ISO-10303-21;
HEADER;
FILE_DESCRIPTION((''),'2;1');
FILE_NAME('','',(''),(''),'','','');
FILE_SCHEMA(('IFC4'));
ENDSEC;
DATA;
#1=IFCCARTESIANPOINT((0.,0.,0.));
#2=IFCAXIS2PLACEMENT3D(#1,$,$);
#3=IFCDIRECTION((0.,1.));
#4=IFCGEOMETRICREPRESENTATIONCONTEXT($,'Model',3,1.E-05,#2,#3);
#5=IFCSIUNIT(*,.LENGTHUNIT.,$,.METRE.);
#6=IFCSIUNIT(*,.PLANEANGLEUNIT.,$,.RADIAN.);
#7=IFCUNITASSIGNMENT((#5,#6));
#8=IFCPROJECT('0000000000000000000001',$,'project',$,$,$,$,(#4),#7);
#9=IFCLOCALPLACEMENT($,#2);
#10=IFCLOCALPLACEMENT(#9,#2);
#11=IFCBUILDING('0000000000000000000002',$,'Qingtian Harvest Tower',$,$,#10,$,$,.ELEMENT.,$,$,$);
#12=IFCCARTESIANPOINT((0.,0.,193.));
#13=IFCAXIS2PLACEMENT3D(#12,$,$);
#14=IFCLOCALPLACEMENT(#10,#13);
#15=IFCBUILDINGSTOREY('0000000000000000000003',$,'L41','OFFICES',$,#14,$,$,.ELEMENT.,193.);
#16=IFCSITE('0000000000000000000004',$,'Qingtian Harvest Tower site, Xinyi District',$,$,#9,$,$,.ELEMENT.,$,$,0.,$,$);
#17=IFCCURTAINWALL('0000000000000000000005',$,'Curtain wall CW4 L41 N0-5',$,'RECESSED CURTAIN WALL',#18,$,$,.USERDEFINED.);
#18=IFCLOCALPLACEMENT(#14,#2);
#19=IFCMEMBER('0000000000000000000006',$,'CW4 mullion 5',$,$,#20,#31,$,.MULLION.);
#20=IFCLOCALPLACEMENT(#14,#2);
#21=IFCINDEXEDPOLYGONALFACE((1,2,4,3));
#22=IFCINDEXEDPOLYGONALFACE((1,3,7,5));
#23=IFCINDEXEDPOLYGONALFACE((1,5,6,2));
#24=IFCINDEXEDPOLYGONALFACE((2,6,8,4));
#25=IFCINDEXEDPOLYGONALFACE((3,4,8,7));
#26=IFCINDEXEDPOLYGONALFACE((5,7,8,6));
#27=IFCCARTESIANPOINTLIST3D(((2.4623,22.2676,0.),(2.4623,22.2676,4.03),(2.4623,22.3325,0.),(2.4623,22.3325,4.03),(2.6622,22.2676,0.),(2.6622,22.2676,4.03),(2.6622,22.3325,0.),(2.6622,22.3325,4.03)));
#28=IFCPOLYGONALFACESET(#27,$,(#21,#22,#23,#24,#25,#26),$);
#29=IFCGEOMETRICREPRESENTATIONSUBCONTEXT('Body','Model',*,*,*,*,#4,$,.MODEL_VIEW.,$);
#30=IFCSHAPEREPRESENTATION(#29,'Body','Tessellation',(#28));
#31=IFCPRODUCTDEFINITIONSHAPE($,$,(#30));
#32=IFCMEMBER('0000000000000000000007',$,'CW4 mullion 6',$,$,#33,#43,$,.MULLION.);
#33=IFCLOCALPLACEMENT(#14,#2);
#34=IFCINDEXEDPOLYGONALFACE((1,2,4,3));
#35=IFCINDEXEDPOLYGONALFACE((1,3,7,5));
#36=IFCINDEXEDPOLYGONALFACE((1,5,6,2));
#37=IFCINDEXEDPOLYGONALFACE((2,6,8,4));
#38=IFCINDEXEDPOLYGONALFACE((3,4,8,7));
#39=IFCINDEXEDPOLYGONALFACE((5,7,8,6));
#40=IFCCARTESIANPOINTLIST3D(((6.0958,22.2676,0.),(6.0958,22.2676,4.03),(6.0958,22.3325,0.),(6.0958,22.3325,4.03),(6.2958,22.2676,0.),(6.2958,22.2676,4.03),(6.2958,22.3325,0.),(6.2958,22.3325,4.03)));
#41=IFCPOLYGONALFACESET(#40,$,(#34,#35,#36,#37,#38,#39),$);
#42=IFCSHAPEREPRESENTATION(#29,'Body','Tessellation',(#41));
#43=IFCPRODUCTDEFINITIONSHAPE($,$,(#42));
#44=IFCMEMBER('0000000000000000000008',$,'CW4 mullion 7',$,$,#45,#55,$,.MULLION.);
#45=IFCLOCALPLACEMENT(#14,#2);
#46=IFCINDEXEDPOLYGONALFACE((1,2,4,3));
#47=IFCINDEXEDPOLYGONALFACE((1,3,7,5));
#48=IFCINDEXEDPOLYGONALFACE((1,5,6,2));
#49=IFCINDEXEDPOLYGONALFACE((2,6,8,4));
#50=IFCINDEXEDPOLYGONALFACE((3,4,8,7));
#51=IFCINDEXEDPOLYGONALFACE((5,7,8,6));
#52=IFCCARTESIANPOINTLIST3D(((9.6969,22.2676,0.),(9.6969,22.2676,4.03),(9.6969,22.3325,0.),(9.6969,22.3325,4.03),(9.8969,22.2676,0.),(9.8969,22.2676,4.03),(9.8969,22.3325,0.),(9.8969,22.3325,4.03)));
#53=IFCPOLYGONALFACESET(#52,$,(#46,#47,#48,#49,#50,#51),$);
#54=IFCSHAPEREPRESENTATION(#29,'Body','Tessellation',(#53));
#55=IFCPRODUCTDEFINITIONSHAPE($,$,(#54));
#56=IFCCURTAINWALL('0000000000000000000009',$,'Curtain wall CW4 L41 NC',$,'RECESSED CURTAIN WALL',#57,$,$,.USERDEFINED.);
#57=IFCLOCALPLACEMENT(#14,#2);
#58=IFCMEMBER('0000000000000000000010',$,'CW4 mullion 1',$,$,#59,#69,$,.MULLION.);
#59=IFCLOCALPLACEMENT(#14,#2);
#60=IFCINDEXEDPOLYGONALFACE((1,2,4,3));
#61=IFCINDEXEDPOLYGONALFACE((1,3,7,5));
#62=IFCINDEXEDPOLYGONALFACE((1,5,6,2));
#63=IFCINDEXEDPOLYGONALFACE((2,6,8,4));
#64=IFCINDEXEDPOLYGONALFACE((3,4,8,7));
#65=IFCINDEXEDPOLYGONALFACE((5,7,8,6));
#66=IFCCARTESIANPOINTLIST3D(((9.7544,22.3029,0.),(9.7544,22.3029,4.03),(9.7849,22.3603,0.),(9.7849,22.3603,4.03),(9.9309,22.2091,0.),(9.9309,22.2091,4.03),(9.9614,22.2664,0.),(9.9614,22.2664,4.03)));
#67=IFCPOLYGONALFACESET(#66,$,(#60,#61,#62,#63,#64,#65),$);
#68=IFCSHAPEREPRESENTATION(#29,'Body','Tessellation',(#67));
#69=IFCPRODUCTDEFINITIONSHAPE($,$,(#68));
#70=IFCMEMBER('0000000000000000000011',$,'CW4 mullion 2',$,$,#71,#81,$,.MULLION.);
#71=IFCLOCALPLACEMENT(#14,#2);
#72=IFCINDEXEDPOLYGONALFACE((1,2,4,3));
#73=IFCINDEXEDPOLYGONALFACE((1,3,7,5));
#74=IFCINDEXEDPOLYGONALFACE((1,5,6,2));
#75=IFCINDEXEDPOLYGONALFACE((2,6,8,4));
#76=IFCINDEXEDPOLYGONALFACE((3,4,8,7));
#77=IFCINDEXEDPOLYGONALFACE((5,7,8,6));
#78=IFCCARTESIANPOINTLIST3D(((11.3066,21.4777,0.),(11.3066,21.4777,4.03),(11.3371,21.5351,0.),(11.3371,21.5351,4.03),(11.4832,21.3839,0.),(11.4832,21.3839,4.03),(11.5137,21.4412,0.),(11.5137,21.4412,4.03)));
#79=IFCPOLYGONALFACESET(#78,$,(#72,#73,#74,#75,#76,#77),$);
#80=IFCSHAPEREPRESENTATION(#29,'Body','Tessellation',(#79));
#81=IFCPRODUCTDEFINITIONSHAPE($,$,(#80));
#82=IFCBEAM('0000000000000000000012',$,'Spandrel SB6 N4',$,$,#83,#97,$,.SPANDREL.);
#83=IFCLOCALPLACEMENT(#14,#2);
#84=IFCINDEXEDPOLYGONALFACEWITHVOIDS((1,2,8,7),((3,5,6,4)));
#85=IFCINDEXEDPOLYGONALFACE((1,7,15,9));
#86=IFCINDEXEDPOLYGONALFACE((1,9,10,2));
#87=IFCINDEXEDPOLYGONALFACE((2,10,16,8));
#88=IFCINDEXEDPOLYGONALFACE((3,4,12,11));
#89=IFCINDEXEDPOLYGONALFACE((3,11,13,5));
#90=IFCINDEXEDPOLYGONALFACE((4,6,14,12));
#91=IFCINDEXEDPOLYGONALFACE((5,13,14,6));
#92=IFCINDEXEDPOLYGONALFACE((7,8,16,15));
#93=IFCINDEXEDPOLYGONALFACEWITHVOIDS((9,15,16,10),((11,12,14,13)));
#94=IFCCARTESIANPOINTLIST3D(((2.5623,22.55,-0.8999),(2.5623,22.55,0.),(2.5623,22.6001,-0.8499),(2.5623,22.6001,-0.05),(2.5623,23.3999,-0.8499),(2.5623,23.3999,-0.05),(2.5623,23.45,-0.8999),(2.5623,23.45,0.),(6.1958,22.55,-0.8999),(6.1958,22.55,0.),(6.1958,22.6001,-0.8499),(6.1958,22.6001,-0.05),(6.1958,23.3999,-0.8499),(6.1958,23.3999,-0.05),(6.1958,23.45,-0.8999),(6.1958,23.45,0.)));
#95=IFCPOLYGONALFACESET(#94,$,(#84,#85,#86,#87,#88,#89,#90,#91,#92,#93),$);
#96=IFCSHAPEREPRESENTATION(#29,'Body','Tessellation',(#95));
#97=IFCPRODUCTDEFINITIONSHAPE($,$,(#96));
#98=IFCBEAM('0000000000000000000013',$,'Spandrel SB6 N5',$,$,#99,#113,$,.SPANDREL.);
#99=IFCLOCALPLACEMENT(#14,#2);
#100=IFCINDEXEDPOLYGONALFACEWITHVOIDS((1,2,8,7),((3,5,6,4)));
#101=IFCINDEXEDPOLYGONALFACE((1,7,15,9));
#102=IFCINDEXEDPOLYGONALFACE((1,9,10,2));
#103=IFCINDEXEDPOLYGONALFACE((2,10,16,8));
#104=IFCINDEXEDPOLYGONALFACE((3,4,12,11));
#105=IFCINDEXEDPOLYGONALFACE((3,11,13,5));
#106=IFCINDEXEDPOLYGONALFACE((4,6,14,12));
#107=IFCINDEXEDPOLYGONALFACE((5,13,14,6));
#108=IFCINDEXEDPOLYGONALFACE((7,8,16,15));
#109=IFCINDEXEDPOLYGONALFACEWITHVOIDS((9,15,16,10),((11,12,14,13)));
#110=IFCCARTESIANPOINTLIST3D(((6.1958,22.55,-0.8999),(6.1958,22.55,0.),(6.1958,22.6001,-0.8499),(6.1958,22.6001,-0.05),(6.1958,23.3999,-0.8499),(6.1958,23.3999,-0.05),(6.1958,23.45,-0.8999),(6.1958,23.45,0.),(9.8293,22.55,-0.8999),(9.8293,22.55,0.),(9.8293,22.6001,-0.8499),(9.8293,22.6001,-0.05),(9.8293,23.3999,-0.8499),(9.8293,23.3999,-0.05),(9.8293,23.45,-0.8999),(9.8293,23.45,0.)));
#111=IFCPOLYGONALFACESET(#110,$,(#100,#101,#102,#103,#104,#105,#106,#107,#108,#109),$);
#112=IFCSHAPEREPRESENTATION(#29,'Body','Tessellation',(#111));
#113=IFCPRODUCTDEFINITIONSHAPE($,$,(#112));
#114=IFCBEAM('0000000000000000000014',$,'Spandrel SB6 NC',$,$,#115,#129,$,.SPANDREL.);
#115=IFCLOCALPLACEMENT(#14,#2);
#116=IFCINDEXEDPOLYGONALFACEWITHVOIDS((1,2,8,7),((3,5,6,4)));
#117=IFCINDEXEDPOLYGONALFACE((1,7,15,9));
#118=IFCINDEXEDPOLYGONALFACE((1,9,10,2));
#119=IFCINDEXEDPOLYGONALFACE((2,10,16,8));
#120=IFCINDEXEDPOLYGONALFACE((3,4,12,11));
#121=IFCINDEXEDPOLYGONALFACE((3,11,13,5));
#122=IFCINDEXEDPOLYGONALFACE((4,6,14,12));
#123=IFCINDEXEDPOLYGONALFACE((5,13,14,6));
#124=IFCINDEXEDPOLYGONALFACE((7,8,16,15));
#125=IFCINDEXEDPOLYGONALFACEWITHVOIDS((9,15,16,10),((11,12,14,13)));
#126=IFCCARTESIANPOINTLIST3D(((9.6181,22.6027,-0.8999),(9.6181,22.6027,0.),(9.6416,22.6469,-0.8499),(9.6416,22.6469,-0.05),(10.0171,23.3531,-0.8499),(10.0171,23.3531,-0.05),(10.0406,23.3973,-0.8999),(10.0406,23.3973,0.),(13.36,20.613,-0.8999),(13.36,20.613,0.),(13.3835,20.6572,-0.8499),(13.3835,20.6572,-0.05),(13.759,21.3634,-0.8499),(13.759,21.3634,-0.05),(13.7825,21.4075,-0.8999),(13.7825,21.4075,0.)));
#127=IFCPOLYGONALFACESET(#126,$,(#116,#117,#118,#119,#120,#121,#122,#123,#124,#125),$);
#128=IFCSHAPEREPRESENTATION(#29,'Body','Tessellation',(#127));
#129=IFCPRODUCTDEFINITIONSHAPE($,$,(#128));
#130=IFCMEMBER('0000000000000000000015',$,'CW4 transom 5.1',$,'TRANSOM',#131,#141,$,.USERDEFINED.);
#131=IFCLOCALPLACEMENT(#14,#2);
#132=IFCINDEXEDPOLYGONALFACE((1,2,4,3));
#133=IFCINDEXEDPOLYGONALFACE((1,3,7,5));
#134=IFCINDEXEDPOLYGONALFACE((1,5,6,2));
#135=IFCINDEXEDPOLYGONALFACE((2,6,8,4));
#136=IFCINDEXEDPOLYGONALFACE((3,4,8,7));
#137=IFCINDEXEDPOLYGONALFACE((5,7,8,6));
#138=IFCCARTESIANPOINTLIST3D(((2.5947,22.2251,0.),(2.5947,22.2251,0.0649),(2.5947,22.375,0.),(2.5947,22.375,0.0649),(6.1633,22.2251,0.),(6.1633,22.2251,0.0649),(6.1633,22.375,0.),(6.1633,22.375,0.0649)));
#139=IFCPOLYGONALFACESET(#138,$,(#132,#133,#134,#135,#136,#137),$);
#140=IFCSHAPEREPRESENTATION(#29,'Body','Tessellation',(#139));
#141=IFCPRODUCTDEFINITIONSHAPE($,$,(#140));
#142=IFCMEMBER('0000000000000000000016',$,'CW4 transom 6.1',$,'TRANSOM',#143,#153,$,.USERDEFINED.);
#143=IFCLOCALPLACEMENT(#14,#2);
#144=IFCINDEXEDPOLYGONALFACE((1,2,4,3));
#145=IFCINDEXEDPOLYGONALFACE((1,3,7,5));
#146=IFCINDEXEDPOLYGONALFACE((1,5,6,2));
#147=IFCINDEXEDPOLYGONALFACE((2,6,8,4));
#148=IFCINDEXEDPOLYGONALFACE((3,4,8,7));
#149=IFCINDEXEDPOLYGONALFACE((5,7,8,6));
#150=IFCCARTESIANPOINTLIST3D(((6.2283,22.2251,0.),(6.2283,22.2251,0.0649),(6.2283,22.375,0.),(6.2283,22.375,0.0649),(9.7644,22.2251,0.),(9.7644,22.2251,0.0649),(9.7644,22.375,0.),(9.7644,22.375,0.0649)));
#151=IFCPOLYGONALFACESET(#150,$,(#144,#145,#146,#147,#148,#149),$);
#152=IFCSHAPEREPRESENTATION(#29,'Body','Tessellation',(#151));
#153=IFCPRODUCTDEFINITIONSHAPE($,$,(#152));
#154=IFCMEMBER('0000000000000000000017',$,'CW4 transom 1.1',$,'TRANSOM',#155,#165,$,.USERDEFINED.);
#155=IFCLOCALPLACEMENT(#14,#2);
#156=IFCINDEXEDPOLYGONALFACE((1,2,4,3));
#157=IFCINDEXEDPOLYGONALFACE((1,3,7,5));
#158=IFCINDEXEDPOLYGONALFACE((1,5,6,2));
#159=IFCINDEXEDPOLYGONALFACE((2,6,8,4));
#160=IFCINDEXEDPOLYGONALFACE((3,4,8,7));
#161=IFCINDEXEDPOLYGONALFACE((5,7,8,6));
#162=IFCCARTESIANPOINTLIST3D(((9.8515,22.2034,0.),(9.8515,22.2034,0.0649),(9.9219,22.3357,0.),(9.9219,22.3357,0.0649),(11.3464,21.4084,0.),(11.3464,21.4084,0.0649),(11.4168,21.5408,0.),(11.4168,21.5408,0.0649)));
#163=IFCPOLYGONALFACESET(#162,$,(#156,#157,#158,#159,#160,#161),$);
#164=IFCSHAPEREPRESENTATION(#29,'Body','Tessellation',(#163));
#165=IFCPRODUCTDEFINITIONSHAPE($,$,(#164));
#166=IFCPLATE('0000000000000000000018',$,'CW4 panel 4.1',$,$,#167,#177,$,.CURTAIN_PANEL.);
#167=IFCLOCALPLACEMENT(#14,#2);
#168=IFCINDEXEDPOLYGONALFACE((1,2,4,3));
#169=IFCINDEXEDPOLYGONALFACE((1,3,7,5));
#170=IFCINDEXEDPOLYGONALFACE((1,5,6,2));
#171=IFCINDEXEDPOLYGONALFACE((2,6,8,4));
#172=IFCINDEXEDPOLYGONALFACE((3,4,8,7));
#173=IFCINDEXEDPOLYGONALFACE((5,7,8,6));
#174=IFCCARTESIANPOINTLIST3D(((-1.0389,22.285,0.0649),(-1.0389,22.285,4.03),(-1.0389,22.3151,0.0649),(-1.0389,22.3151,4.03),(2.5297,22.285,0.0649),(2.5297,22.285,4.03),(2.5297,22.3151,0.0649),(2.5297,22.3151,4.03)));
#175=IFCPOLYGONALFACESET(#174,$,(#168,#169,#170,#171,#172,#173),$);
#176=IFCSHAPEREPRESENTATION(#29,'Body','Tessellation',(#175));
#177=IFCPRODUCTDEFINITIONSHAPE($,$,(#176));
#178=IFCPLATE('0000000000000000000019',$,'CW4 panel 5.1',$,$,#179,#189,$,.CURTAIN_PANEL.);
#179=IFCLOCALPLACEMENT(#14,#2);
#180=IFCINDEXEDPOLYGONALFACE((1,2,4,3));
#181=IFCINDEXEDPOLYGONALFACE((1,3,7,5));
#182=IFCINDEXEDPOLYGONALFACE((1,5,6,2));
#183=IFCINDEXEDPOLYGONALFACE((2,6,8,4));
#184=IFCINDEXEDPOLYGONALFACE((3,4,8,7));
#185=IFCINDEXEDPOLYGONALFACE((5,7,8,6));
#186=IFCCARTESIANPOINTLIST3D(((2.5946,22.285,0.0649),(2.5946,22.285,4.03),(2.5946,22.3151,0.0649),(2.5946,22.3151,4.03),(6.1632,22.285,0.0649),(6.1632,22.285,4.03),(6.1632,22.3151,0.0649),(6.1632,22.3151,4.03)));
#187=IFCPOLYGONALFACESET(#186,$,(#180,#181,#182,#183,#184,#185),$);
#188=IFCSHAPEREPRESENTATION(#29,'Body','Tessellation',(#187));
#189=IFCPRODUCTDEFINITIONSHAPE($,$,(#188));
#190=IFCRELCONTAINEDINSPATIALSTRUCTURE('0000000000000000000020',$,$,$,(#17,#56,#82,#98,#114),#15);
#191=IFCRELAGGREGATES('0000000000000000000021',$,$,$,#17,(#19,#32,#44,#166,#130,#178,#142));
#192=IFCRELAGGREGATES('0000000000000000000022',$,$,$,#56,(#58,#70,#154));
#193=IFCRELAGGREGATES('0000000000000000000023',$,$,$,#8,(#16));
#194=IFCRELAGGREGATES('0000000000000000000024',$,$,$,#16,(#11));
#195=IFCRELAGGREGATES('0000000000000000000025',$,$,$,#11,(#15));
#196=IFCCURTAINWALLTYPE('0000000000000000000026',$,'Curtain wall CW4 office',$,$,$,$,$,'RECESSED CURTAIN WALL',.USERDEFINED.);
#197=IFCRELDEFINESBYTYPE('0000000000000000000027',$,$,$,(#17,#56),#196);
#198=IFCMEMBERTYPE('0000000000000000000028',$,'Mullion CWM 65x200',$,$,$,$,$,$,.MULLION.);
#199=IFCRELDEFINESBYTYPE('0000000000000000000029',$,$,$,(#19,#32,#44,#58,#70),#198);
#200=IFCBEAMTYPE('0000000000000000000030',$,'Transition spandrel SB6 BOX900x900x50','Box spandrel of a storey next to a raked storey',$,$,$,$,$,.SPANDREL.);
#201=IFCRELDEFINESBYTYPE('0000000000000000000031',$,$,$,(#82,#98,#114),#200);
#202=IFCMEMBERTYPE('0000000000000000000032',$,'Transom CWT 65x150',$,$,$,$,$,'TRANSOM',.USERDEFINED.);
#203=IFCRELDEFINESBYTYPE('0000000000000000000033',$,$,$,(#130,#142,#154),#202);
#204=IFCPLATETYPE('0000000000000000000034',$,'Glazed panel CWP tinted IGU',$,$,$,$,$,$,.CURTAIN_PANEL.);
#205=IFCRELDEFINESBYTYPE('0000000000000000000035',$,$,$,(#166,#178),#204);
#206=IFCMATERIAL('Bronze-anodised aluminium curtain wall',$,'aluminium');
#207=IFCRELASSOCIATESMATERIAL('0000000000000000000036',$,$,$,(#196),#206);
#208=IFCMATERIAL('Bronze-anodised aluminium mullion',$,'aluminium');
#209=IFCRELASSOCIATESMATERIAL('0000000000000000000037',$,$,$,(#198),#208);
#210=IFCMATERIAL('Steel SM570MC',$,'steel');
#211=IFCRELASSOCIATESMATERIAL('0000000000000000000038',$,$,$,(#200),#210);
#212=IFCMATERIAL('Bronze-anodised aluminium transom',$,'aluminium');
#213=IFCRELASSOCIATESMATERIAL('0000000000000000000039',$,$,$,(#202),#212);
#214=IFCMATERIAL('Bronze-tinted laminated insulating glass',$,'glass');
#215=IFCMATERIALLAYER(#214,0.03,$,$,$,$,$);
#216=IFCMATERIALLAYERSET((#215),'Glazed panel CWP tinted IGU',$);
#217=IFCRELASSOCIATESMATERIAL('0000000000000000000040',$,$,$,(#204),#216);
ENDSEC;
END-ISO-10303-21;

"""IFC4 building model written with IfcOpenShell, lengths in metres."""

from ifc_helpers import new_model, si_unit, direction, frame, origin, origin_2d, place, context, subcontext, project, spatial, rectangle, hollow_rectangle, extrude, material, layer, layer_set, material_profile, profile_set, type_object, element, aggregate, save


model = new_model("IFC4")

# Units and contexts
model_context = context("Model", 3, precision=1e-05, world=origin(), true_north=direction((0.0, 1.0)))
body_context = subcontext(model_context, "Body", "Model", "MODEL_VIEW")
ifc_project = project(units=[si_unit("LENGTHUNIT", "METRE"), si_unit("PLANEANGLEUNIT", "RADIAN")], contexts=[model_context])

# Site, building, storey
site_placement = place(None, origin())
site = spatial("IfcSite", under=ifc_project, at=site_placement, Name="Qingtian Harvest Tower site, Xinyi District", CompositionType="ELEMENT", RefElevation=0.0)
building_placement = place(site_placement, origin())
building = spatial("IfcBuilding", under=site, at=building_placement, Name="Qingtian Harvest Tower", CompositionType="ELEMENT")
storey_placement = place(building_placement, frame((0.0, 0.0, 193.0)))
storey = spatial("IfcBuildingStorey", under=building, at=storey_placement, Name="L41", Description="OFFICES", CompositionType="ELEMENT", Elevation=193.0)

# Curtain walls, members
ifc_material_1 = material(Name="Bronze-anodised aluminium curtain wall", Category="aluminium")
curtain_wall_type = type_object("IfcCurtainWallType", Name="Curtain wall CW4 office", ElementType="RECESSED CURTAIN WALL", PredefinedType="USERDEFINED", material=ifc_material_1)
curtain_wall_1_placement = place(storey_placement, origin())
curtain_wall_1 = element("IfcCurtainWall", 1, at=curtain_wall_1_placement, inside=storey, type_object=curtain_wall_type, Name="Curtain wall CW4 L41 N0-5", ObjectType="RECESSED CURTAIN WALL", PredefinedType="USERDEFINED")
ifc_material_2 = material(Name="Bronze-anodised aluminium mullion", Category="aluminium")
ifc_material_profile_1 = material_profile(ifc_material_2, rectangle(XDim=0.0649, YDim=0.2, at=origin_2d()), Name="AL 65x200")
ifc_profile_set_1 = profile_set([ifc_material_profile_1], Name="Bronze-anodised aluminium mullion")
member_type_1 = type_object("IfcMemberType", Name="Mullion CWM 65x200", PredefinedType="MULLION", material=ifc_profile_set_1)
member_1_placement = place(storey_placement, frame((2.5623, 22.3, 0.0), z_axis=(0.0, 0.0, 1.0), x_axis=(0.0, 1.0, 0.0)))
member_1 = element("IfcMember", 2, at=member_1_placement, type_object=member_type_1, Name="CW4 mullion 5", PredefinedType="MULLION", context=body_context, shape_type="SweptSolid", body=[
    extrude(rectangle(XDim=0.0649, YDim=0.2, at=origin_2d()), origin(), (0.0, 0.0, 1.0), 4.03),
])
member_2_placement = place(storey_placement, frame((6.1958, 22.3, 0.0), z_axis=(0.0, 0.0, 1.0), x_axis=(0.0, 1.0, 0.0)))
member_2 = element("IfcMember", 3, at=member_2_placement, type_object=member_type_1, Name="CW4 mullion 6", PredefinedType="MULLION", context=body_context, shape_type="SweptSolid", body=[
    extrude(rectangle(XDim=0.0649, YDim=0.2, at=origin_2d()), origin(), (0.0, 0.0, 1.0), 4.03),
])
member_3_placement = place(storey_placement, frame((9.7969, 22.3, 0.0), z_axis=(0.0, 0.0, 1.0), x_axis=(0.0, 1.0, 0.0)))
member_3 = element("IfcMember", 4, at=member_3_placement, type_object=member_type_1, Name="CW4 mullion 7", PredefinedType="MULLION", context=body_context, shape_type="SweptSolid", body=[
    extrude(rectangle(XDim=0.0649, YDim=0.2, at=origin_2d()), origin(), (0.0, 0.0, 1.0), 4.03),
])
curtain_wall_2_placement = place(storey_placement, origin())
curtain_wall_2 = element("IfcCurtainWall", 5, at=curtain_wall_2_placement, inside=storey, type_object=curtain_wall_type, Name="Curtain wall CW4 L41 NC", ObjectType="RECESSED CURTAIN WALL", PredefinedType="USERDEFINED")
member_4_placement = place(storey_placement, frame((9.8579, 22.2847, 0.0), z_axis=(0.0, 0.0, 1.0), x_axis=(0.469472, 0.882948, 0.0)))
member_4 = element("IfcMember", 6, at=member_4_placement, type_object=member_type_1, Name="CW4 mullion 1", PredefinedType="MULLION", context=body_context, shape_type="SweptSolid", body=[
    extrude(rectangle(XDim=0.0649, YDim=0.2, at=origin_2d()), origin(), (0.0, 0.0, 1.0), 4.03),
])
member_5_placement = place(storey_placement, frame((11.4102, 21.4595, 0.0), z_axis=(0.0, 0.0, 1.0), x_axis=(0.469472, 0.882948, 0.0)))
member_5 = element("IfcMember", 7, at=member_5_placement, type_object=member_type_1, Name="CW4 mullion 2", PredefinedType="MULLION", context=body_context, shape_type="SweptSolid", body=[
    extrude(rectangle(XDim=0.0649, YDim=0.2, at=origin_2d()), origin(), (0.0, 0.0, 1.0), 4.03),
])

# Beams
ifc_material_3 = material(Name="Steel SM570MC", Category="steel")
ifc_material_profile_2 = material_profile(ifc_material_3, hollow_rectangle(XDim=0.8999, YDim=0.8999, WallThickness=0.05, at=origin_2d()), Name="BOX900x900x50")
ifc_profile_set_2 = profile_set([ifc_material_profile_2], Name="Steel SM570MC")
beam_type_1 = type_object("IfcBeamType", Name="Transition spandrel SB6 BOX900x900x50", Description="Box spandrel of a storey next to a raked storey", PredefinedType="SPANDREL", material=ifc_profile_set_2)
for number, where, z_axis, x_axis, name in (
    (8, (2.5623, 23.0, -0.45), (1.0, 0.0, 0.0), (0.0, 1.0, 0.0), "Spandrel SB6 N4"),
    (9, (6.1958, 23.0, -0.45), (1.0, 0.0, 0.0), (0.0, 1.0, 0.0), "Spandrel SB6 N5"),
):
    element("IfcBeam", number, at=place(storey_placement, frame(where, z_axis=z_axis, x_axis=x_axis)), inside=storey, type_object=beam_type_1, Name=name, PredefinedType="SPANDREL", context=body_context, shape_type="SweptSolid", body=[
        extrude(hollow_rectangle(XDim=0.8999, YDim=0.8999, WallThickness=0.05, at=origin_2d()), origin(), (0.0, 0.0, 1.0), 3.6335),
    ])
beam_1_placement = place(storey_placement, frame((9.8293, 23.0, -0.45), z_axis=(0.882936, -0.469494, 0.0), x_axis=(0.469494, 0.882936, 0.0)))
element("IfcBeam", 10, at=beam_1_placement, inside=storey, type_object=beam_type_1, Name="Spandrel SB6 NC", PredefinedType="SPANDREL", context=body_context, shape_type="SweptSolid", body=[
    extrude(hollow_rectangle(XDim=0.8999, YDim=0.8999, WallThickness=0.05, at=origin_2d()), origin(), (0.0, 0.0, 1.0), 4.238),
])

# Members
ifc_material_4 = material(Name="Bronze-anodised aluminium transom", Category="aluminium")
ifc_material_profile_3 = material_profile(ifc_material_4, rectangle(XDim=0.1499, YDim=0.0649, at=origin_2d()), Name="AL 65x150")
ifc_profile_set_3 = profile_set([ifc_material_profile_3], Name="Bronze-anodised aluminium transom")
member_type_2 = type_object("IfcMemberType", Name="Transom CWT 65x150", ElementType="TRANSOM", PredefinedType="USERDEFINED", material=ifc_profile_set_3)
member_6_placement = place(storey_placement, frame((2.5947, 22.3, 0.0325), z_axis=(1.0, 0.0, 0.0), x_axis=(0.0, 1.0, 0.0)))
member_6 = element("IfcMember", 11, at=member_6_placement, type_object=member_type_2, Name="CW4 transom 5.1", ObjectType="TRANSOM", PredefinedType="USERDEFINED", context=body_context, shape_type="SweptSolid", body=[
    extrude(rectangle(XDim=0.1499, YDim=0.0649, at=origin_2d()), origin(), (0.0, 0.0, 1.0), 3.5686),
])
member_7_placement = place(storey_placement, frame((6.2283, 22.3, 0.0325), z_axis=(1.0, 0.0, 0.0), x_axis=(0.0, 1.0, 0.0)))
member_7 = element("IfcMember", 12, at=member_7_placement, type_object=member_type_2, Name="CW4 transom 6.1", ObjectType="TRANSOM", PredefinedType="USERDEFINED", context=body_context, shape_type="SweptSolid", body=[
    extrude(rectangle(XDim=0.1499, YDim=0.0649, at=origin_2d()), origin(), (0.0, 0.0, 1.0), 3.5361),
])
member_8_placement = place(storey_placement, frame((9.8867, 22.2695, 0.0325), z_axis=(0.882927, -0.46951, 0.0), x_axis=(0.46951, 0.882927, 0.0)))
member_8 = element("IfcMember", 13, at=member_8_placement, type_object=member_type_2, Name="CW4 transom 1.1", ObjectType="TRANSOM", PredefinedType="USERDEFINED", context=body_context, shape_type="SweptSolid", body=[
    extrude(rectangle(XDim=0.1499, YDim=0.0649, at=origin_2d()), origin(), (0.0, 0.0, 1.0), 1.6931),
])

# Plates
ifc_material_5 = material(Name="Bronze-tinted laminated insulating glass", Category="glass")
ifc_layer_1 = layer(ifc_material_5, 0.03)
ifc_layer_set_1 = layer_set([ifc_layer_1], Name="Glazed panel CWP tinted IGU")
plate_type = type_object("IfcPlateType", Name="Glazed panel CWP tinted IGU", PredefinedType="CURTAIN_PANEL", material=ifc_layer_set_1)
plate_1_placement = place(storey_placement, frame((0.7454, 22.3, 0.0649), z_axis=(0.0, 0.0, 1.0), x_axis=(1.0, 0.0, 0.0)))
plate_1 = element("IfcPlate", 14, at=plate_1_placement, type_object=plate_type, Name="CW4 panel 4.1", PredefinedType="CURTAIN_PANEL", context=body_context, shape_type="SweptSolid", body=[
    extrude(rectangle(XDim=3.5686, YDim=0.03, at=origin_2d()), origin(), (0.0, 0.0, 1.0), 3.9651),
])
plate_2_placement = place(storey_placement, frame((4.3789, 22.3, 0.0649), z_axis=(0.0, 0.0, 1.0), x_axis=(1.0, 0.0, 0.0)))
plate_2 = element("IfcPlate", 15, at=plate_2_placement, type_object=plate_type, Name="CW4 panel 5.1", PredefinedType="CURTAIN_PANEL", context=body_context, shape_type="SweptSolid", body=[
    extrude(rectangle(XDim=3.5686, YDim=0.03, at=origin_2d()), origin(), (0.0, 0.0, 1.0), 3.9651),
])
aggregate(curtain_wall_1, [member_1, member_2, member_3, plate_1, member_6, plate_2, member_7])
aggregate(curtain_wall_2, [member_4, member_5, member_8])

save(model, "model.ifc")
